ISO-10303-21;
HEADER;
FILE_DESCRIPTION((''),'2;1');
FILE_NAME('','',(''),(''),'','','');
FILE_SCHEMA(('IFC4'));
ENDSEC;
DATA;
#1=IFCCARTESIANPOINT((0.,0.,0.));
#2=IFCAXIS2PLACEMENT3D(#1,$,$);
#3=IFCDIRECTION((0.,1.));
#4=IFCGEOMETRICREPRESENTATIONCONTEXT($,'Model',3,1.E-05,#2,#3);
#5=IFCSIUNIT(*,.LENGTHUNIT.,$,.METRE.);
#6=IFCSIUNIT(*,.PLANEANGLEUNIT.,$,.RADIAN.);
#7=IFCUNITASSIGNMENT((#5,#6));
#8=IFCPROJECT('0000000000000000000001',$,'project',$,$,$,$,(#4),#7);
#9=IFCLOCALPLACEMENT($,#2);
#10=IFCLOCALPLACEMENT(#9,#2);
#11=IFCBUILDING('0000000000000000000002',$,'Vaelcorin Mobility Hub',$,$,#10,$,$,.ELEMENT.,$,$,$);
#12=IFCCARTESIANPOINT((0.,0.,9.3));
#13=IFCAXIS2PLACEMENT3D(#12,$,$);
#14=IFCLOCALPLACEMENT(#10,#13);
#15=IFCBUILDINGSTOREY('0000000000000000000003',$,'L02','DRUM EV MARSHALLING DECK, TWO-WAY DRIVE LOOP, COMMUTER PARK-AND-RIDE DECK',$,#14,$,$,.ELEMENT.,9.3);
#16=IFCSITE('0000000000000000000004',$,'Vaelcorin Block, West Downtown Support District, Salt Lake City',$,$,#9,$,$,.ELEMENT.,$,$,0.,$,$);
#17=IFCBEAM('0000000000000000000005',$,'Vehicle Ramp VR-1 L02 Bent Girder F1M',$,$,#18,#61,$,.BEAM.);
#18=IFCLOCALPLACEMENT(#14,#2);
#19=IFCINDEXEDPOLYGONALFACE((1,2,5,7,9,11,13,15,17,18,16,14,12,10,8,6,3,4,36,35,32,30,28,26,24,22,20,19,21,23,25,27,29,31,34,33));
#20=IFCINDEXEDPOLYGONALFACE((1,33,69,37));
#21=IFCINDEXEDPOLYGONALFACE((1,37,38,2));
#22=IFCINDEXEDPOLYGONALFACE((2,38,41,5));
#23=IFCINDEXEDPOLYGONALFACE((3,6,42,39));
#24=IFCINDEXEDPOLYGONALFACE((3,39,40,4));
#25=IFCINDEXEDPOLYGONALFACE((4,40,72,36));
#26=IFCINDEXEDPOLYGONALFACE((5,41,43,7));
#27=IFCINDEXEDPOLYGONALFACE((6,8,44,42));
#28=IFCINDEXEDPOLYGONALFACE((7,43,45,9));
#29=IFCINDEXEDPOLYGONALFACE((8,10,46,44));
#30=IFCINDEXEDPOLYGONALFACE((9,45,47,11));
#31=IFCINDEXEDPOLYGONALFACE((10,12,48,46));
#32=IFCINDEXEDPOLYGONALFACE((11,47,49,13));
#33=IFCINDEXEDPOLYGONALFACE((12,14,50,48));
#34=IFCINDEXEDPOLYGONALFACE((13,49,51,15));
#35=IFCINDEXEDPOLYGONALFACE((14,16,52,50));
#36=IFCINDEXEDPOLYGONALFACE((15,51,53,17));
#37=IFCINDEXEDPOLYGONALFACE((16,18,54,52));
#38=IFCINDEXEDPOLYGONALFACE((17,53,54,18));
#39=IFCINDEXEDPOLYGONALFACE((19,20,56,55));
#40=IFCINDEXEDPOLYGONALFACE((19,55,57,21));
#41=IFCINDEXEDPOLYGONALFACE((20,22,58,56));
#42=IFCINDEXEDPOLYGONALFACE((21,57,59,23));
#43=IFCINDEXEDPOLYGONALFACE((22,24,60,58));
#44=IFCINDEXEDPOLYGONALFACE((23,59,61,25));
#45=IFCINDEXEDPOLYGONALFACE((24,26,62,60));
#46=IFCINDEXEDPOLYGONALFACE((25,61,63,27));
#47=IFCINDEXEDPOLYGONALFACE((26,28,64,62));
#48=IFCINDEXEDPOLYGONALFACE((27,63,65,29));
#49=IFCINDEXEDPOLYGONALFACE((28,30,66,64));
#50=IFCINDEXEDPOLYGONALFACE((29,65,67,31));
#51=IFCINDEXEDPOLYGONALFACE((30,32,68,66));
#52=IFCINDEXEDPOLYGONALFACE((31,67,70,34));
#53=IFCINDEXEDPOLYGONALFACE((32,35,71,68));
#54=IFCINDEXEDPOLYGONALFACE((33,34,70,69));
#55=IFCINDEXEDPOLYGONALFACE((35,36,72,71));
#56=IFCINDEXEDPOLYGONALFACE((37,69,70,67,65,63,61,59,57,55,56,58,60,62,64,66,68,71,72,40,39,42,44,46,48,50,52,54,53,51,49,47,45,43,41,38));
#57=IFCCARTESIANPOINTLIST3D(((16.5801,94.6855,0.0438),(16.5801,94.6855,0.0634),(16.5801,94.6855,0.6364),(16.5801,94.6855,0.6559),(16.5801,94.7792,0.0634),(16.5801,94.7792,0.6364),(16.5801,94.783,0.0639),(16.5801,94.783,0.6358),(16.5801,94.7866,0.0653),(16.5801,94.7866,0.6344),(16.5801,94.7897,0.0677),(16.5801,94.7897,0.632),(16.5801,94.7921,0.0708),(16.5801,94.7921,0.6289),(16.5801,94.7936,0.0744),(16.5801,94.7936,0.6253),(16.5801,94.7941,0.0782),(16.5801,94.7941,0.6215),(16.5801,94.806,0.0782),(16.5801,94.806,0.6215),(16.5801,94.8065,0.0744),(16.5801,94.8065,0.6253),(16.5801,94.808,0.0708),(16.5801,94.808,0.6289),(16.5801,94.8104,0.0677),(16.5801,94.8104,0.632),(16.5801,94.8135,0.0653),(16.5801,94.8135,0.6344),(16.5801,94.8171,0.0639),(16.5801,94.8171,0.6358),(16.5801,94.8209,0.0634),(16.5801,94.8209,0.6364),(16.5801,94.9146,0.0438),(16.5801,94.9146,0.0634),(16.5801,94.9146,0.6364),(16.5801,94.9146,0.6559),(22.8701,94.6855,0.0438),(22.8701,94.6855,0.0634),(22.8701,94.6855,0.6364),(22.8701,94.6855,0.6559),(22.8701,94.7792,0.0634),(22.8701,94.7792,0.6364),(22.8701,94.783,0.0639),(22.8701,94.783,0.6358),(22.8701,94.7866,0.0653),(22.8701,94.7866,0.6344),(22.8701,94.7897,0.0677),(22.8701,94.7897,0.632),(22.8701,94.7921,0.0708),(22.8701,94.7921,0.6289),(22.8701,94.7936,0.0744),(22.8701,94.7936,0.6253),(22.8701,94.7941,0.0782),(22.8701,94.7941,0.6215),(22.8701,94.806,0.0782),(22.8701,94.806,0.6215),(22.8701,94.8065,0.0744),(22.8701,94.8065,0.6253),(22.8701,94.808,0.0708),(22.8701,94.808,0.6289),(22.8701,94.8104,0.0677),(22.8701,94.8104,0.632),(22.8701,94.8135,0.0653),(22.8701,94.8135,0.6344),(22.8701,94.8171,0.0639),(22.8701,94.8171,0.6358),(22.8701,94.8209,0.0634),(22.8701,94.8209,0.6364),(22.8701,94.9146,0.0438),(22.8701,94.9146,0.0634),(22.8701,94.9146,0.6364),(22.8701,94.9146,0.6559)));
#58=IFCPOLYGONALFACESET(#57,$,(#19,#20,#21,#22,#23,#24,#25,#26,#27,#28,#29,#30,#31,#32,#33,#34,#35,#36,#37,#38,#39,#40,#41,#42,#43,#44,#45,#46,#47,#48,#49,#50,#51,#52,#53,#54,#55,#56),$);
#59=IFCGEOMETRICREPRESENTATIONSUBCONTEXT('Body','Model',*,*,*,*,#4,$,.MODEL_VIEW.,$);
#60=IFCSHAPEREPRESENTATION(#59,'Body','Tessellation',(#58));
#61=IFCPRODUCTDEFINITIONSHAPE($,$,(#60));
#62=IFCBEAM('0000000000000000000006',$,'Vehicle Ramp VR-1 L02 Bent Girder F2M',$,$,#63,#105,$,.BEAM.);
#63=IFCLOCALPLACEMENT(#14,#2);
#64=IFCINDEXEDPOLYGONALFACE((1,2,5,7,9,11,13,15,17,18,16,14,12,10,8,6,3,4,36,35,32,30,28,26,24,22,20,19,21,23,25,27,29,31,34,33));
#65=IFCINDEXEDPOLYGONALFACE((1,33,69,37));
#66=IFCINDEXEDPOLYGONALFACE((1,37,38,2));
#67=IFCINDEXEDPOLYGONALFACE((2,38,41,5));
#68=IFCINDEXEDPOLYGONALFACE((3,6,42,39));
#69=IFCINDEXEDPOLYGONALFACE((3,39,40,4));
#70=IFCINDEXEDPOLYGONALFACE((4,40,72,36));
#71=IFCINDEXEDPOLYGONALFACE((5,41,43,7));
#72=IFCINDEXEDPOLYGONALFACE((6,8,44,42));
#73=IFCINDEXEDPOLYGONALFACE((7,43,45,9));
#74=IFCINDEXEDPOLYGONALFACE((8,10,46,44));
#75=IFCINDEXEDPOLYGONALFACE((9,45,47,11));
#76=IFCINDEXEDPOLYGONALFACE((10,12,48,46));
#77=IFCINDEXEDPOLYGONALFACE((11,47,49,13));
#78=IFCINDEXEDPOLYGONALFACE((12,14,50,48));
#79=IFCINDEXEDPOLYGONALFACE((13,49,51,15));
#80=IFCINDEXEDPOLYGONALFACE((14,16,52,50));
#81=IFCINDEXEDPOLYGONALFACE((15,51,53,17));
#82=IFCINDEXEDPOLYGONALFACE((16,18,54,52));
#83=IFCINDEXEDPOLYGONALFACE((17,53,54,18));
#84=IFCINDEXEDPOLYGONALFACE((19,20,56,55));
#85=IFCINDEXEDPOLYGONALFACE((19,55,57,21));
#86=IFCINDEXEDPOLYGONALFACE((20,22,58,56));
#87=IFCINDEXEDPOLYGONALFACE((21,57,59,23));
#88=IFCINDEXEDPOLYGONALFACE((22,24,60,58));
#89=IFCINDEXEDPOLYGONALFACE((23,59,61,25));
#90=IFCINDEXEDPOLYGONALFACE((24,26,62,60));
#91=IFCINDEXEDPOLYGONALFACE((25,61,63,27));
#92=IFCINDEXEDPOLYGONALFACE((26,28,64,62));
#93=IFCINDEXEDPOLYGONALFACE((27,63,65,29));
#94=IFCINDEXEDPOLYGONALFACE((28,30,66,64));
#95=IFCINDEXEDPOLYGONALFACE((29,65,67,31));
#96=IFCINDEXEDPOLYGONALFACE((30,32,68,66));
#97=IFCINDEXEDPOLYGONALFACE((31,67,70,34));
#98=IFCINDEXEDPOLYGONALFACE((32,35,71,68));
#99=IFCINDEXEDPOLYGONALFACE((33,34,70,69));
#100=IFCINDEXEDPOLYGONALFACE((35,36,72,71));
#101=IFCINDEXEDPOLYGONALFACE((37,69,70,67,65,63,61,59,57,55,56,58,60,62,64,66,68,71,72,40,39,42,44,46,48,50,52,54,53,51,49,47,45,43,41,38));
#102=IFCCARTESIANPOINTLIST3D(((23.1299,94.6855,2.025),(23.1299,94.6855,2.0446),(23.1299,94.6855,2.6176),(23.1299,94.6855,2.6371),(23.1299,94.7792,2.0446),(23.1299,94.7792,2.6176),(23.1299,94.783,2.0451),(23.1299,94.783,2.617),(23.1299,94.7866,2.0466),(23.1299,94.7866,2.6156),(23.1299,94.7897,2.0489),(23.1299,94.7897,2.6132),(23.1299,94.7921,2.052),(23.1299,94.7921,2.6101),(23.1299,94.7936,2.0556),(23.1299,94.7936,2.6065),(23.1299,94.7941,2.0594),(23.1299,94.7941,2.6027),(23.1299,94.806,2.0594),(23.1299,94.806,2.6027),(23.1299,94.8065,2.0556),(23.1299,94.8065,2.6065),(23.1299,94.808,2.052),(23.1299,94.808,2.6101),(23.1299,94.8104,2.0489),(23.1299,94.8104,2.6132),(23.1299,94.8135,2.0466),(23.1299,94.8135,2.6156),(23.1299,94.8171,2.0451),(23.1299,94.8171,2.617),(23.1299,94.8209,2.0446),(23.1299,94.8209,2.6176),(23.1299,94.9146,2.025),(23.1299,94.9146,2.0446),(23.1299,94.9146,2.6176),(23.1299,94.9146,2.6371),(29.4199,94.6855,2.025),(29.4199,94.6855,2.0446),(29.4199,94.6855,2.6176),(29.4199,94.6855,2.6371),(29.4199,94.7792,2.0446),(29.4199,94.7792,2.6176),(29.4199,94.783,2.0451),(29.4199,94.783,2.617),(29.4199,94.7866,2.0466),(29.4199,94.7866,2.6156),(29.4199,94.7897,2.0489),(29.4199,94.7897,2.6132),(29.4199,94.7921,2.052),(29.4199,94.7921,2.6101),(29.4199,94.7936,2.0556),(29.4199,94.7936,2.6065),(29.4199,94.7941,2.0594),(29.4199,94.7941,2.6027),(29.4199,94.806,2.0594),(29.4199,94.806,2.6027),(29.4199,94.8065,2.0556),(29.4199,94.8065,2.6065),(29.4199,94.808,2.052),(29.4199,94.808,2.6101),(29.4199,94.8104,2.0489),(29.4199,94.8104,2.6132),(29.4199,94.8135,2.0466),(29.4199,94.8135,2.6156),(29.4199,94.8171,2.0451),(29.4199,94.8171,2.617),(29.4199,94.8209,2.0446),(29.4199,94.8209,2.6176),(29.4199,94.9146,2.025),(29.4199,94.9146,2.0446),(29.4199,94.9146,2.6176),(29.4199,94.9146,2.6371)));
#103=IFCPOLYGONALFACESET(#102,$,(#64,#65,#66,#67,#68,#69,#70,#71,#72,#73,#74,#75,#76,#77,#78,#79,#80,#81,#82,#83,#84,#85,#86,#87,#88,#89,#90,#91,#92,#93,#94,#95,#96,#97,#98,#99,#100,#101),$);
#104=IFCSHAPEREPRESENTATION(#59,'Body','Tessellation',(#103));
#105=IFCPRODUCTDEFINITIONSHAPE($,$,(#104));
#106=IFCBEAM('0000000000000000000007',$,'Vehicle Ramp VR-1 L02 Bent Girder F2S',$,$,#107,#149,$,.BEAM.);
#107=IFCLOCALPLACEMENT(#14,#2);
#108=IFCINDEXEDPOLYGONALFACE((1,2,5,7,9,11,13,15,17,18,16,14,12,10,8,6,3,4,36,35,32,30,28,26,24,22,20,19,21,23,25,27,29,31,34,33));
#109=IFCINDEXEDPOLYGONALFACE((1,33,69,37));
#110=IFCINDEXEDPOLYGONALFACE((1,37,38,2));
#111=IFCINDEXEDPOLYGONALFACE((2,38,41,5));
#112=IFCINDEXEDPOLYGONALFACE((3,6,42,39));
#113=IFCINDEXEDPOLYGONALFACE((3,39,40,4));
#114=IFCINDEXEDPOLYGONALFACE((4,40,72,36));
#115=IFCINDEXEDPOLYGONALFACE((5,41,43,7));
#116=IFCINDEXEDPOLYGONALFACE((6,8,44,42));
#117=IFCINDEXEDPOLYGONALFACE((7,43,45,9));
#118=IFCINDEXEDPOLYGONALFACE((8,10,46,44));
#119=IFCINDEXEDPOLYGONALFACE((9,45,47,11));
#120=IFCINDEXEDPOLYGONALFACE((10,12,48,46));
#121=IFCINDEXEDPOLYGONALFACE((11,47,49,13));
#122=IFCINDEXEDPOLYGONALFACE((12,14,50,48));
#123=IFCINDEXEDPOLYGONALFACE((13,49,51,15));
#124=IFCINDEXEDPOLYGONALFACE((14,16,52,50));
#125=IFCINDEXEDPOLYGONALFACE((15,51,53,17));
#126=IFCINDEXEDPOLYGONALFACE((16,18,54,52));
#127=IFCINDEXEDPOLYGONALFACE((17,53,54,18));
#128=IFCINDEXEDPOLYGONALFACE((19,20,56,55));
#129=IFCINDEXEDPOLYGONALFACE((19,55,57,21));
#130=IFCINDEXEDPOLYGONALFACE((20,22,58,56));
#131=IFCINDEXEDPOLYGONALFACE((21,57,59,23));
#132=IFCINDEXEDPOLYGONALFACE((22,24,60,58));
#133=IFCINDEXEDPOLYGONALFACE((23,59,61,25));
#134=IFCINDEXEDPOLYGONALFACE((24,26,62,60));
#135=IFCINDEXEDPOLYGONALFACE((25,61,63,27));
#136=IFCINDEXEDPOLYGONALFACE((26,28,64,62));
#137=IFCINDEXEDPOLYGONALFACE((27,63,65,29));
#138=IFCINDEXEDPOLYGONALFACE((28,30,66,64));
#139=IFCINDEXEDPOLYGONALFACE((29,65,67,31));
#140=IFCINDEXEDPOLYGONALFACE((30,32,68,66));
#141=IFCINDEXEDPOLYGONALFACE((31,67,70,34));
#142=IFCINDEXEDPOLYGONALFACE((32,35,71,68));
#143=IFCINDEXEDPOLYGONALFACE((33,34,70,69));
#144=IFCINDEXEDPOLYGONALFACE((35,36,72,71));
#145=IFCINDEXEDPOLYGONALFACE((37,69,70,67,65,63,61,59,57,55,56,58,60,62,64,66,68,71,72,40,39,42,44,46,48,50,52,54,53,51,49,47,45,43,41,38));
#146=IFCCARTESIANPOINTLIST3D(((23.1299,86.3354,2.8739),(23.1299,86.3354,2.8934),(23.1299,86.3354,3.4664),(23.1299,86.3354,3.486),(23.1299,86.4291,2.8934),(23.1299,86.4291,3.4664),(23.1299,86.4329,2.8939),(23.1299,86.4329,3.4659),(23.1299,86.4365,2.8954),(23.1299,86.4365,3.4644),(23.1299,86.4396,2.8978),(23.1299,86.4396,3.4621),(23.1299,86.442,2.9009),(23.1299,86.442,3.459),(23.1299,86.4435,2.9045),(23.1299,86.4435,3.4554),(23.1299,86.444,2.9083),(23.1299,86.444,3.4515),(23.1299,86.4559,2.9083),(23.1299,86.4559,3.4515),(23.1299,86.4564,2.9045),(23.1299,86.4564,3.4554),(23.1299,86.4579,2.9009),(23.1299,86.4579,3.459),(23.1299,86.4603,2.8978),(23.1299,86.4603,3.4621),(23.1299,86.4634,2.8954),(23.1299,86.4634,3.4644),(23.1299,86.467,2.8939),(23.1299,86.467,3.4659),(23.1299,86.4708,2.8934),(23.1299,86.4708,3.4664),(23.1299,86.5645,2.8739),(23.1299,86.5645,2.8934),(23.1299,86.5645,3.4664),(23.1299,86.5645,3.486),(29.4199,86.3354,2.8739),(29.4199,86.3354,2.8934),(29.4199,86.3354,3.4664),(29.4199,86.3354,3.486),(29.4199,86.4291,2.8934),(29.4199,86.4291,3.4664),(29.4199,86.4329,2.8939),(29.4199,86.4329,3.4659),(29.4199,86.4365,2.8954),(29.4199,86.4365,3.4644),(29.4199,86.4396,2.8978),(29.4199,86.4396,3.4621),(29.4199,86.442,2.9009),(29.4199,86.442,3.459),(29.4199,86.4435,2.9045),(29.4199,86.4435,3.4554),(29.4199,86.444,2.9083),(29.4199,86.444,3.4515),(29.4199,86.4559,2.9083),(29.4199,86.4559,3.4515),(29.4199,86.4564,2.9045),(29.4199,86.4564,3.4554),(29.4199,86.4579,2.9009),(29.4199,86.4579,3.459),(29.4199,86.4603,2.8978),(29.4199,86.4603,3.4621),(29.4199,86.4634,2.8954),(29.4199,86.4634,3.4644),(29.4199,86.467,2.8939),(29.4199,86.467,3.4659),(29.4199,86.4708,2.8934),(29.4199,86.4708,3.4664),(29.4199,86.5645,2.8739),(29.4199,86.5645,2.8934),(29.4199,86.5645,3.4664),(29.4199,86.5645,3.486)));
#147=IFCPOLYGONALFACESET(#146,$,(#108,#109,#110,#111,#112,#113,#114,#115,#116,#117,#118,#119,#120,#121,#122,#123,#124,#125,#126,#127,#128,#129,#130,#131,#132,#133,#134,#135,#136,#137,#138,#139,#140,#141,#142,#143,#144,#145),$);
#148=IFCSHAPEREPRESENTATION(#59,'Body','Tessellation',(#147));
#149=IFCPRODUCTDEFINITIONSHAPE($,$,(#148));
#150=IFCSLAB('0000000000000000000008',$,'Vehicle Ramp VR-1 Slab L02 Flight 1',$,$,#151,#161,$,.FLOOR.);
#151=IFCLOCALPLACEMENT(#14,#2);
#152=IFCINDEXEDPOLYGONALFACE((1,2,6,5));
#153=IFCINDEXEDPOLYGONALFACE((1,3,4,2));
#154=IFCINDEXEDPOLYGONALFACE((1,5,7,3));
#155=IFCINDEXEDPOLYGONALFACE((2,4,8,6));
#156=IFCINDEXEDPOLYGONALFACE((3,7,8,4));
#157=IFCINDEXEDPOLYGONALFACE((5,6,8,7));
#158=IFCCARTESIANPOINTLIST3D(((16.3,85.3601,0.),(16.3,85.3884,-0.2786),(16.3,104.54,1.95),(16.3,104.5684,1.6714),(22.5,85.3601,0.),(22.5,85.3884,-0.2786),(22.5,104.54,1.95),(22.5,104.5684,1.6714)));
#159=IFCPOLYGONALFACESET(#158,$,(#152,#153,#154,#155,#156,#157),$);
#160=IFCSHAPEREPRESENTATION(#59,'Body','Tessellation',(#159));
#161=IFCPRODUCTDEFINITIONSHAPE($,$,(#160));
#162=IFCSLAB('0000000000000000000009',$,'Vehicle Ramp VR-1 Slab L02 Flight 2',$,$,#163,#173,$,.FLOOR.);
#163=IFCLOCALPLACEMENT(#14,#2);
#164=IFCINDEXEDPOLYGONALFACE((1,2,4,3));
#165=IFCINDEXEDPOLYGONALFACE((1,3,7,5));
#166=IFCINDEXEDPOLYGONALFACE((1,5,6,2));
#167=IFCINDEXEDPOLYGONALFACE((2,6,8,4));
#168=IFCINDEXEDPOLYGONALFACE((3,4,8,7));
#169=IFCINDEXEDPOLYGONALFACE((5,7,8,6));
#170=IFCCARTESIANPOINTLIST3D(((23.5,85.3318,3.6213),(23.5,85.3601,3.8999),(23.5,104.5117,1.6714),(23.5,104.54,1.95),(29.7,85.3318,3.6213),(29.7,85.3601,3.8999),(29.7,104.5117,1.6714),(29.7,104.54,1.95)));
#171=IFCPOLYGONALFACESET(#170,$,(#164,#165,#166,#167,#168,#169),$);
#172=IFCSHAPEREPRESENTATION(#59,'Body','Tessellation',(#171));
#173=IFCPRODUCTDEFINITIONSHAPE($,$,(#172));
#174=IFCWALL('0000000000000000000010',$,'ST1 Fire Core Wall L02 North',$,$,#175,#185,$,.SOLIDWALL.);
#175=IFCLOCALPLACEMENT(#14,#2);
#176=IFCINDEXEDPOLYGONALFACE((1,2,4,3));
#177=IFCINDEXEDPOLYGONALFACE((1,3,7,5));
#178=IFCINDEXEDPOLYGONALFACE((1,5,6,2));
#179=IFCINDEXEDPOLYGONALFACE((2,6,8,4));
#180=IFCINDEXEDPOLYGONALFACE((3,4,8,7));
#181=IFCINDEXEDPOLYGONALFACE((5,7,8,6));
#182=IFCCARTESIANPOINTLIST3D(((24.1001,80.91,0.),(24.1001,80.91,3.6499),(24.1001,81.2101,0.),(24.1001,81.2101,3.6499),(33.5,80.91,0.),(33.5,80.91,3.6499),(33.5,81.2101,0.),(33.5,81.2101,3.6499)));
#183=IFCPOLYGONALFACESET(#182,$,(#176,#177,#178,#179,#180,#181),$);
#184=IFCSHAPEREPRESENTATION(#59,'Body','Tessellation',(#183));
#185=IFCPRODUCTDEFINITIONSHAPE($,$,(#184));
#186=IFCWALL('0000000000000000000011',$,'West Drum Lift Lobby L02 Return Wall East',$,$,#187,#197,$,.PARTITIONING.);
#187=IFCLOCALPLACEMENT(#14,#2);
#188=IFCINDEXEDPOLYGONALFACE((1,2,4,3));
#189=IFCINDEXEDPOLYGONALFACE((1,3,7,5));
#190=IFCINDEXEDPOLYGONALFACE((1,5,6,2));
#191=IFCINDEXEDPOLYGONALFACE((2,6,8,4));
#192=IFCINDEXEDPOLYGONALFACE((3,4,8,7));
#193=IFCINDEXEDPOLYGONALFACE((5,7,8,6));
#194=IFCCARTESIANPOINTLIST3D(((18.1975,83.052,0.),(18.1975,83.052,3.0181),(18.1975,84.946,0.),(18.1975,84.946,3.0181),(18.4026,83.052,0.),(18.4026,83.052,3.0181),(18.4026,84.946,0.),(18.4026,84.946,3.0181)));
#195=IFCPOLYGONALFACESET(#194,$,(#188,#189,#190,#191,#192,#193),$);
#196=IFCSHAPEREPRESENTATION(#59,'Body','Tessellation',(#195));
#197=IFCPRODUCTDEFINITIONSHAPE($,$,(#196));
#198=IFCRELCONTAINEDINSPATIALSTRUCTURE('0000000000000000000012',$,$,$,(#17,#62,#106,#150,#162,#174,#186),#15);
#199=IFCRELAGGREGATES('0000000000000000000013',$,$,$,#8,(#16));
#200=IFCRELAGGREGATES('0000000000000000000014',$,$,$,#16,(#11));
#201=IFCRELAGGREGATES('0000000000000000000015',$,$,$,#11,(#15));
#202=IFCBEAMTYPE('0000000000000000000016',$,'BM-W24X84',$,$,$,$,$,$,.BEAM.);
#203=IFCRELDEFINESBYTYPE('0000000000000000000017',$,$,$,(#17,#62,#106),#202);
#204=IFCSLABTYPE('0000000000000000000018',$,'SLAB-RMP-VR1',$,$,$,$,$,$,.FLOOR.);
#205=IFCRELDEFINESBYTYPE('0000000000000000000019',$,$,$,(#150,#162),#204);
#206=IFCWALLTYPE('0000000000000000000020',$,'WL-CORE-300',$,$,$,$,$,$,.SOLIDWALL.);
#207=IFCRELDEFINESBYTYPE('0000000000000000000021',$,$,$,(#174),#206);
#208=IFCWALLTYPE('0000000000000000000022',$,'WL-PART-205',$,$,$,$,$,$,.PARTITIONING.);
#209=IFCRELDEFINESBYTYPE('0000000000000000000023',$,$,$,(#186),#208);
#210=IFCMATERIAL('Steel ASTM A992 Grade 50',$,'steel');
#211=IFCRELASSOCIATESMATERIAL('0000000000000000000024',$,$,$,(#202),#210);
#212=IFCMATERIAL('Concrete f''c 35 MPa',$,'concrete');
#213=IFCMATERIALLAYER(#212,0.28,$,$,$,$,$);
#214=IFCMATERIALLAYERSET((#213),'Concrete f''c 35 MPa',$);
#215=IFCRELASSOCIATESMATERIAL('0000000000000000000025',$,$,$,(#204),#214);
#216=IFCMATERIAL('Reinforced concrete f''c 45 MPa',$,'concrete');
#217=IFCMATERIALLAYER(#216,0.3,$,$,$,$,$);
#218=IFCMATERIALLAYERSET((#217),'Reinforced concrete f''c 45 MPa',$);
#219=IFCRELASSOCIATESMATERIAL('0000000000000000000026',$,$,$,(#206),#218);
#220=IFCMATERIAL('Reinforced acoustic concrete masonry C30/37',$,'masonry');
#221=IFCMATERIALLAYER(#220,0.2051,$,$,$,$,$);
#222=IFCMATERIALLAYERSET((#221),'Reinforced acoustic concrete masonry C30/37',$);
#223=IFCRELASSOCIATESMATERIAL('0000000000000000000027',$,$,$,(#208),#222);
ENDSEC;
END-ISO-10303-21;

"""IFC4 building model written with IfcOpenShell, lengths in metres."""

from ifc_helpers import new_model, si_unit, direction, frame, frame_2d, origin, origin_2d, place, context, subcontext, project, spatial, polyline, rectangle, i_section, outline, extrude, material, layer, layer_set, material_profile, profile_set, type_object, element, save


model = new_model("IFC4")

# Units and contexts
model_context = context("Model", 3, precision=1e-05, world=origin(), true_north=direction((0.0, 1.0)))
body_context = subcontext(model_context, "Body", "Model", "MODEL_VIEW")
ifc_project = project(units=[si_unit("LENGTHUNIT", "METRE"), si_unit("PLANEANGLEUNIT", "RADIAN")], contexts=[model_context])

# Site, building, storey
site_placement = place(None, origin())
site = spatial("IfcSite", under=ifc_project, at=site_placement, Name="Vaelcorin Block, West Downtown Support District, Salt Lake City", CompositionType="ELEMENT", RefElevation=0.0)
building_placement = place(site_placement, origin())
building = spatial("IfcBuilding", under=site, at=building_placement, Name="Vaelcorin Mobility Hub", CompositionType="ELEMENT")
storey_placement = place(building_placement, frame((0.0, 0.0, 9.3)))
storey = spatial("IfcBuildingStorey", under=building, at=storey_placement, Name="L02", Description="DRUM EV MARSHALLING DECK, TWO-WAY DRIVE LOOP, COMMUTER PARK-AND-RIDE DECK", CompositionType="ELEMENT", Elevation=9.3)

# Shared definitions
ifc_material_1 = material(Name="Steel ASTM A992 Grade 50", Category="steel")

# Beams
ifc_material_profile_1 = material_profile(ifc_material_1, i_section(OverallWidth=0.229, OverallDepth=0.6121, WebThickness=0.012, FlangeThickness=0.0195, FilletRadius=0.0149, at=origin_2d()), Name="W24X84")
ifc_profile_set_1 = profile_set([ifc_material_profile_1], Name="Steel ASTM A992 Grade 50")
beam_type_1 = type_object("IfcBeamType", Name="BM-W24X84", PredefinedType="BEAM", material=ifc_profile_set_1)
for number, where, z_axis, x_axis, name in (
    (1, (16.5801, 94.8, 0.3499), (1.0, 0.0, 0.0), (0.0, 1.0, 0.0), "Vehicle Ramp VR-1 L02 Bent Girder F1M"),
    (2, (23.1299, 94.8, 2.3311), (1.0, 0.0, 0.0), (0.0, 1.0, 0.0), "Vehicle Ramp VR-1 L02 Bent Girder F2M"),
    (3, (23.1299, 86.45, 3.1799), (1.0, 0.0, 0.0), (0.0, 1.0, 0.0), "Vehicle Ramp VR-1 L02 Bent Girder F2S"),
):
    element("IfcBeam", number, at=place(storey_placement, frame(where, z_axis=z_axis, x_axis=x_axis)), inside=storey, type_object=beam_type_1, Name=name, PredefinedType="BEAM", context=body_context, shape_type="SweptSolid", body=[
        extrude(i_section(OverallWidth=0.229, OverallDepth=0.6121, WebThickness=0.012, FlangeThickness=0.0195, FilletRadius=0.0149, at=origin_2d()), origin(), (0.0, 0.0, 1.0), 6.29),
    ])

# Slabs
ifc_material_2 = material(Name="Concrete f'c 35 MPa", Category="concrete")
ifc_layer_1 = layer(ifc_material_2, 0.28)
ifc_layer_set_1 = layer_set([ifc_layer_1], Name="Concrete f'c 35 MPa")
slab_type = type_object("IfcSlabType", Name="SLAB-RMP-VR1", PredefinedType="FLOOR", material=ifc_layer_set_1)
for number, where, z_axis, x_axis, name in (
    (4, (16.3, 85.3601, 0.0), (0.0, -0.101145, 0.994872), (1.0, 0.0, 0.0), "Vehicle Ramp VR-1 Slab L02 Flight 1"),
    (5, (23.5, 85.3601, 3.8999), (0.0, 0.101145, 0.994872), (1.0, 0.0, 0.0), "Vehicle Ramp VR-1 Slab L02 Flight 2"),
):
    element("IfcSlab", number, at=place(storey_placement, frame(where, z_axis=z_axis, x_axis=x_axis)), inside=storey, type_object=slab_type, Name=name, PredefinedType="FLOOR", context=body_context, shape_type="SweptSolid", body=[
        extrude(outline(polyline([(0.0, 0.0), (6.2, 0.0), (6.2, 19.2788), (0.0, 19.2788), (0.0, 0.0)])), origin(), (0.0, 0.0, -1.0), 0.28),
    ])

# Walls
ifc_material_3 = material(Name="Reinforced concrete f'c 45 MPa", Category="concrete")
ifc_layer_2 = layer(ifc_material_3, 0.3)
ifc_layer_set_2 = layer_set([ifc_layer_2], Name="Reinforced concrete f'c 45 MPa")
wall_type_1 = type_object("IfcWallType", Name="WL-CORE-300", PredefinedType="SOLIDWALL", material=ifc_layer_set_2)
wall_1_placement = place(storey_placement, frame((24.1001, 81.0601, 0.0), z_axis=(0.0, 0.0, 1.0), x_axis=(1.0, 0.0, 0.0)))
element("IfcWall", 6, at=wall_1_placement, inside=storey, type_object=wall_type_1, Name="ST1 Fire Core Wall L02 North", PredefinedType="SOLIDWALL", context=body_context, shape_type="SweptSolid", body=[
    extrude(rectangle(XDim=9.3999, YDim=0.3, at=frame_2d((4.7, 0.0))), origin(), (0.0, 0.0, 1.0), 3.6499),
])
ifc_material_4 = material(Name="Reinforced acoustic concrete masonry C30/37", Category="masonry")
ifc_layer_3 = layer(ifc_material_4, 0.2051)
ifc_layer_set_3 = layer_set([ifc_layer_3], Name="Reinforced acoustic concrete masonry C30/37")
wall_type_2 = type_object("IfcWallType", Name="WL-PART-205", PredefinedType="PARTITIONING", material=ifc_layer_set_3)
wall_2_placement = place(storey_placement, frame((18.3, 84.946, 0.0), z_axis=(0.0, 0.0, 1.0), x_axis=(0.0, -1.0, 0.0)))
element("IfcWall", 7, at=wall_2_placement, inside=storey, type_object=wall_type_2, Name="West Drum Lift Lobby L02 Return Wall East", PredefinedType="PARTITIONING", context=body_context, shape_type="SweptSolid", body=[
    extrude(rectangle(XDim=1.894, YDim=0.2051, at=frame_2d((0.947, 0.0))), origin(), (0.0, 0.0, 1.0), 3.0181),
])

save(model, "model.ifc")
